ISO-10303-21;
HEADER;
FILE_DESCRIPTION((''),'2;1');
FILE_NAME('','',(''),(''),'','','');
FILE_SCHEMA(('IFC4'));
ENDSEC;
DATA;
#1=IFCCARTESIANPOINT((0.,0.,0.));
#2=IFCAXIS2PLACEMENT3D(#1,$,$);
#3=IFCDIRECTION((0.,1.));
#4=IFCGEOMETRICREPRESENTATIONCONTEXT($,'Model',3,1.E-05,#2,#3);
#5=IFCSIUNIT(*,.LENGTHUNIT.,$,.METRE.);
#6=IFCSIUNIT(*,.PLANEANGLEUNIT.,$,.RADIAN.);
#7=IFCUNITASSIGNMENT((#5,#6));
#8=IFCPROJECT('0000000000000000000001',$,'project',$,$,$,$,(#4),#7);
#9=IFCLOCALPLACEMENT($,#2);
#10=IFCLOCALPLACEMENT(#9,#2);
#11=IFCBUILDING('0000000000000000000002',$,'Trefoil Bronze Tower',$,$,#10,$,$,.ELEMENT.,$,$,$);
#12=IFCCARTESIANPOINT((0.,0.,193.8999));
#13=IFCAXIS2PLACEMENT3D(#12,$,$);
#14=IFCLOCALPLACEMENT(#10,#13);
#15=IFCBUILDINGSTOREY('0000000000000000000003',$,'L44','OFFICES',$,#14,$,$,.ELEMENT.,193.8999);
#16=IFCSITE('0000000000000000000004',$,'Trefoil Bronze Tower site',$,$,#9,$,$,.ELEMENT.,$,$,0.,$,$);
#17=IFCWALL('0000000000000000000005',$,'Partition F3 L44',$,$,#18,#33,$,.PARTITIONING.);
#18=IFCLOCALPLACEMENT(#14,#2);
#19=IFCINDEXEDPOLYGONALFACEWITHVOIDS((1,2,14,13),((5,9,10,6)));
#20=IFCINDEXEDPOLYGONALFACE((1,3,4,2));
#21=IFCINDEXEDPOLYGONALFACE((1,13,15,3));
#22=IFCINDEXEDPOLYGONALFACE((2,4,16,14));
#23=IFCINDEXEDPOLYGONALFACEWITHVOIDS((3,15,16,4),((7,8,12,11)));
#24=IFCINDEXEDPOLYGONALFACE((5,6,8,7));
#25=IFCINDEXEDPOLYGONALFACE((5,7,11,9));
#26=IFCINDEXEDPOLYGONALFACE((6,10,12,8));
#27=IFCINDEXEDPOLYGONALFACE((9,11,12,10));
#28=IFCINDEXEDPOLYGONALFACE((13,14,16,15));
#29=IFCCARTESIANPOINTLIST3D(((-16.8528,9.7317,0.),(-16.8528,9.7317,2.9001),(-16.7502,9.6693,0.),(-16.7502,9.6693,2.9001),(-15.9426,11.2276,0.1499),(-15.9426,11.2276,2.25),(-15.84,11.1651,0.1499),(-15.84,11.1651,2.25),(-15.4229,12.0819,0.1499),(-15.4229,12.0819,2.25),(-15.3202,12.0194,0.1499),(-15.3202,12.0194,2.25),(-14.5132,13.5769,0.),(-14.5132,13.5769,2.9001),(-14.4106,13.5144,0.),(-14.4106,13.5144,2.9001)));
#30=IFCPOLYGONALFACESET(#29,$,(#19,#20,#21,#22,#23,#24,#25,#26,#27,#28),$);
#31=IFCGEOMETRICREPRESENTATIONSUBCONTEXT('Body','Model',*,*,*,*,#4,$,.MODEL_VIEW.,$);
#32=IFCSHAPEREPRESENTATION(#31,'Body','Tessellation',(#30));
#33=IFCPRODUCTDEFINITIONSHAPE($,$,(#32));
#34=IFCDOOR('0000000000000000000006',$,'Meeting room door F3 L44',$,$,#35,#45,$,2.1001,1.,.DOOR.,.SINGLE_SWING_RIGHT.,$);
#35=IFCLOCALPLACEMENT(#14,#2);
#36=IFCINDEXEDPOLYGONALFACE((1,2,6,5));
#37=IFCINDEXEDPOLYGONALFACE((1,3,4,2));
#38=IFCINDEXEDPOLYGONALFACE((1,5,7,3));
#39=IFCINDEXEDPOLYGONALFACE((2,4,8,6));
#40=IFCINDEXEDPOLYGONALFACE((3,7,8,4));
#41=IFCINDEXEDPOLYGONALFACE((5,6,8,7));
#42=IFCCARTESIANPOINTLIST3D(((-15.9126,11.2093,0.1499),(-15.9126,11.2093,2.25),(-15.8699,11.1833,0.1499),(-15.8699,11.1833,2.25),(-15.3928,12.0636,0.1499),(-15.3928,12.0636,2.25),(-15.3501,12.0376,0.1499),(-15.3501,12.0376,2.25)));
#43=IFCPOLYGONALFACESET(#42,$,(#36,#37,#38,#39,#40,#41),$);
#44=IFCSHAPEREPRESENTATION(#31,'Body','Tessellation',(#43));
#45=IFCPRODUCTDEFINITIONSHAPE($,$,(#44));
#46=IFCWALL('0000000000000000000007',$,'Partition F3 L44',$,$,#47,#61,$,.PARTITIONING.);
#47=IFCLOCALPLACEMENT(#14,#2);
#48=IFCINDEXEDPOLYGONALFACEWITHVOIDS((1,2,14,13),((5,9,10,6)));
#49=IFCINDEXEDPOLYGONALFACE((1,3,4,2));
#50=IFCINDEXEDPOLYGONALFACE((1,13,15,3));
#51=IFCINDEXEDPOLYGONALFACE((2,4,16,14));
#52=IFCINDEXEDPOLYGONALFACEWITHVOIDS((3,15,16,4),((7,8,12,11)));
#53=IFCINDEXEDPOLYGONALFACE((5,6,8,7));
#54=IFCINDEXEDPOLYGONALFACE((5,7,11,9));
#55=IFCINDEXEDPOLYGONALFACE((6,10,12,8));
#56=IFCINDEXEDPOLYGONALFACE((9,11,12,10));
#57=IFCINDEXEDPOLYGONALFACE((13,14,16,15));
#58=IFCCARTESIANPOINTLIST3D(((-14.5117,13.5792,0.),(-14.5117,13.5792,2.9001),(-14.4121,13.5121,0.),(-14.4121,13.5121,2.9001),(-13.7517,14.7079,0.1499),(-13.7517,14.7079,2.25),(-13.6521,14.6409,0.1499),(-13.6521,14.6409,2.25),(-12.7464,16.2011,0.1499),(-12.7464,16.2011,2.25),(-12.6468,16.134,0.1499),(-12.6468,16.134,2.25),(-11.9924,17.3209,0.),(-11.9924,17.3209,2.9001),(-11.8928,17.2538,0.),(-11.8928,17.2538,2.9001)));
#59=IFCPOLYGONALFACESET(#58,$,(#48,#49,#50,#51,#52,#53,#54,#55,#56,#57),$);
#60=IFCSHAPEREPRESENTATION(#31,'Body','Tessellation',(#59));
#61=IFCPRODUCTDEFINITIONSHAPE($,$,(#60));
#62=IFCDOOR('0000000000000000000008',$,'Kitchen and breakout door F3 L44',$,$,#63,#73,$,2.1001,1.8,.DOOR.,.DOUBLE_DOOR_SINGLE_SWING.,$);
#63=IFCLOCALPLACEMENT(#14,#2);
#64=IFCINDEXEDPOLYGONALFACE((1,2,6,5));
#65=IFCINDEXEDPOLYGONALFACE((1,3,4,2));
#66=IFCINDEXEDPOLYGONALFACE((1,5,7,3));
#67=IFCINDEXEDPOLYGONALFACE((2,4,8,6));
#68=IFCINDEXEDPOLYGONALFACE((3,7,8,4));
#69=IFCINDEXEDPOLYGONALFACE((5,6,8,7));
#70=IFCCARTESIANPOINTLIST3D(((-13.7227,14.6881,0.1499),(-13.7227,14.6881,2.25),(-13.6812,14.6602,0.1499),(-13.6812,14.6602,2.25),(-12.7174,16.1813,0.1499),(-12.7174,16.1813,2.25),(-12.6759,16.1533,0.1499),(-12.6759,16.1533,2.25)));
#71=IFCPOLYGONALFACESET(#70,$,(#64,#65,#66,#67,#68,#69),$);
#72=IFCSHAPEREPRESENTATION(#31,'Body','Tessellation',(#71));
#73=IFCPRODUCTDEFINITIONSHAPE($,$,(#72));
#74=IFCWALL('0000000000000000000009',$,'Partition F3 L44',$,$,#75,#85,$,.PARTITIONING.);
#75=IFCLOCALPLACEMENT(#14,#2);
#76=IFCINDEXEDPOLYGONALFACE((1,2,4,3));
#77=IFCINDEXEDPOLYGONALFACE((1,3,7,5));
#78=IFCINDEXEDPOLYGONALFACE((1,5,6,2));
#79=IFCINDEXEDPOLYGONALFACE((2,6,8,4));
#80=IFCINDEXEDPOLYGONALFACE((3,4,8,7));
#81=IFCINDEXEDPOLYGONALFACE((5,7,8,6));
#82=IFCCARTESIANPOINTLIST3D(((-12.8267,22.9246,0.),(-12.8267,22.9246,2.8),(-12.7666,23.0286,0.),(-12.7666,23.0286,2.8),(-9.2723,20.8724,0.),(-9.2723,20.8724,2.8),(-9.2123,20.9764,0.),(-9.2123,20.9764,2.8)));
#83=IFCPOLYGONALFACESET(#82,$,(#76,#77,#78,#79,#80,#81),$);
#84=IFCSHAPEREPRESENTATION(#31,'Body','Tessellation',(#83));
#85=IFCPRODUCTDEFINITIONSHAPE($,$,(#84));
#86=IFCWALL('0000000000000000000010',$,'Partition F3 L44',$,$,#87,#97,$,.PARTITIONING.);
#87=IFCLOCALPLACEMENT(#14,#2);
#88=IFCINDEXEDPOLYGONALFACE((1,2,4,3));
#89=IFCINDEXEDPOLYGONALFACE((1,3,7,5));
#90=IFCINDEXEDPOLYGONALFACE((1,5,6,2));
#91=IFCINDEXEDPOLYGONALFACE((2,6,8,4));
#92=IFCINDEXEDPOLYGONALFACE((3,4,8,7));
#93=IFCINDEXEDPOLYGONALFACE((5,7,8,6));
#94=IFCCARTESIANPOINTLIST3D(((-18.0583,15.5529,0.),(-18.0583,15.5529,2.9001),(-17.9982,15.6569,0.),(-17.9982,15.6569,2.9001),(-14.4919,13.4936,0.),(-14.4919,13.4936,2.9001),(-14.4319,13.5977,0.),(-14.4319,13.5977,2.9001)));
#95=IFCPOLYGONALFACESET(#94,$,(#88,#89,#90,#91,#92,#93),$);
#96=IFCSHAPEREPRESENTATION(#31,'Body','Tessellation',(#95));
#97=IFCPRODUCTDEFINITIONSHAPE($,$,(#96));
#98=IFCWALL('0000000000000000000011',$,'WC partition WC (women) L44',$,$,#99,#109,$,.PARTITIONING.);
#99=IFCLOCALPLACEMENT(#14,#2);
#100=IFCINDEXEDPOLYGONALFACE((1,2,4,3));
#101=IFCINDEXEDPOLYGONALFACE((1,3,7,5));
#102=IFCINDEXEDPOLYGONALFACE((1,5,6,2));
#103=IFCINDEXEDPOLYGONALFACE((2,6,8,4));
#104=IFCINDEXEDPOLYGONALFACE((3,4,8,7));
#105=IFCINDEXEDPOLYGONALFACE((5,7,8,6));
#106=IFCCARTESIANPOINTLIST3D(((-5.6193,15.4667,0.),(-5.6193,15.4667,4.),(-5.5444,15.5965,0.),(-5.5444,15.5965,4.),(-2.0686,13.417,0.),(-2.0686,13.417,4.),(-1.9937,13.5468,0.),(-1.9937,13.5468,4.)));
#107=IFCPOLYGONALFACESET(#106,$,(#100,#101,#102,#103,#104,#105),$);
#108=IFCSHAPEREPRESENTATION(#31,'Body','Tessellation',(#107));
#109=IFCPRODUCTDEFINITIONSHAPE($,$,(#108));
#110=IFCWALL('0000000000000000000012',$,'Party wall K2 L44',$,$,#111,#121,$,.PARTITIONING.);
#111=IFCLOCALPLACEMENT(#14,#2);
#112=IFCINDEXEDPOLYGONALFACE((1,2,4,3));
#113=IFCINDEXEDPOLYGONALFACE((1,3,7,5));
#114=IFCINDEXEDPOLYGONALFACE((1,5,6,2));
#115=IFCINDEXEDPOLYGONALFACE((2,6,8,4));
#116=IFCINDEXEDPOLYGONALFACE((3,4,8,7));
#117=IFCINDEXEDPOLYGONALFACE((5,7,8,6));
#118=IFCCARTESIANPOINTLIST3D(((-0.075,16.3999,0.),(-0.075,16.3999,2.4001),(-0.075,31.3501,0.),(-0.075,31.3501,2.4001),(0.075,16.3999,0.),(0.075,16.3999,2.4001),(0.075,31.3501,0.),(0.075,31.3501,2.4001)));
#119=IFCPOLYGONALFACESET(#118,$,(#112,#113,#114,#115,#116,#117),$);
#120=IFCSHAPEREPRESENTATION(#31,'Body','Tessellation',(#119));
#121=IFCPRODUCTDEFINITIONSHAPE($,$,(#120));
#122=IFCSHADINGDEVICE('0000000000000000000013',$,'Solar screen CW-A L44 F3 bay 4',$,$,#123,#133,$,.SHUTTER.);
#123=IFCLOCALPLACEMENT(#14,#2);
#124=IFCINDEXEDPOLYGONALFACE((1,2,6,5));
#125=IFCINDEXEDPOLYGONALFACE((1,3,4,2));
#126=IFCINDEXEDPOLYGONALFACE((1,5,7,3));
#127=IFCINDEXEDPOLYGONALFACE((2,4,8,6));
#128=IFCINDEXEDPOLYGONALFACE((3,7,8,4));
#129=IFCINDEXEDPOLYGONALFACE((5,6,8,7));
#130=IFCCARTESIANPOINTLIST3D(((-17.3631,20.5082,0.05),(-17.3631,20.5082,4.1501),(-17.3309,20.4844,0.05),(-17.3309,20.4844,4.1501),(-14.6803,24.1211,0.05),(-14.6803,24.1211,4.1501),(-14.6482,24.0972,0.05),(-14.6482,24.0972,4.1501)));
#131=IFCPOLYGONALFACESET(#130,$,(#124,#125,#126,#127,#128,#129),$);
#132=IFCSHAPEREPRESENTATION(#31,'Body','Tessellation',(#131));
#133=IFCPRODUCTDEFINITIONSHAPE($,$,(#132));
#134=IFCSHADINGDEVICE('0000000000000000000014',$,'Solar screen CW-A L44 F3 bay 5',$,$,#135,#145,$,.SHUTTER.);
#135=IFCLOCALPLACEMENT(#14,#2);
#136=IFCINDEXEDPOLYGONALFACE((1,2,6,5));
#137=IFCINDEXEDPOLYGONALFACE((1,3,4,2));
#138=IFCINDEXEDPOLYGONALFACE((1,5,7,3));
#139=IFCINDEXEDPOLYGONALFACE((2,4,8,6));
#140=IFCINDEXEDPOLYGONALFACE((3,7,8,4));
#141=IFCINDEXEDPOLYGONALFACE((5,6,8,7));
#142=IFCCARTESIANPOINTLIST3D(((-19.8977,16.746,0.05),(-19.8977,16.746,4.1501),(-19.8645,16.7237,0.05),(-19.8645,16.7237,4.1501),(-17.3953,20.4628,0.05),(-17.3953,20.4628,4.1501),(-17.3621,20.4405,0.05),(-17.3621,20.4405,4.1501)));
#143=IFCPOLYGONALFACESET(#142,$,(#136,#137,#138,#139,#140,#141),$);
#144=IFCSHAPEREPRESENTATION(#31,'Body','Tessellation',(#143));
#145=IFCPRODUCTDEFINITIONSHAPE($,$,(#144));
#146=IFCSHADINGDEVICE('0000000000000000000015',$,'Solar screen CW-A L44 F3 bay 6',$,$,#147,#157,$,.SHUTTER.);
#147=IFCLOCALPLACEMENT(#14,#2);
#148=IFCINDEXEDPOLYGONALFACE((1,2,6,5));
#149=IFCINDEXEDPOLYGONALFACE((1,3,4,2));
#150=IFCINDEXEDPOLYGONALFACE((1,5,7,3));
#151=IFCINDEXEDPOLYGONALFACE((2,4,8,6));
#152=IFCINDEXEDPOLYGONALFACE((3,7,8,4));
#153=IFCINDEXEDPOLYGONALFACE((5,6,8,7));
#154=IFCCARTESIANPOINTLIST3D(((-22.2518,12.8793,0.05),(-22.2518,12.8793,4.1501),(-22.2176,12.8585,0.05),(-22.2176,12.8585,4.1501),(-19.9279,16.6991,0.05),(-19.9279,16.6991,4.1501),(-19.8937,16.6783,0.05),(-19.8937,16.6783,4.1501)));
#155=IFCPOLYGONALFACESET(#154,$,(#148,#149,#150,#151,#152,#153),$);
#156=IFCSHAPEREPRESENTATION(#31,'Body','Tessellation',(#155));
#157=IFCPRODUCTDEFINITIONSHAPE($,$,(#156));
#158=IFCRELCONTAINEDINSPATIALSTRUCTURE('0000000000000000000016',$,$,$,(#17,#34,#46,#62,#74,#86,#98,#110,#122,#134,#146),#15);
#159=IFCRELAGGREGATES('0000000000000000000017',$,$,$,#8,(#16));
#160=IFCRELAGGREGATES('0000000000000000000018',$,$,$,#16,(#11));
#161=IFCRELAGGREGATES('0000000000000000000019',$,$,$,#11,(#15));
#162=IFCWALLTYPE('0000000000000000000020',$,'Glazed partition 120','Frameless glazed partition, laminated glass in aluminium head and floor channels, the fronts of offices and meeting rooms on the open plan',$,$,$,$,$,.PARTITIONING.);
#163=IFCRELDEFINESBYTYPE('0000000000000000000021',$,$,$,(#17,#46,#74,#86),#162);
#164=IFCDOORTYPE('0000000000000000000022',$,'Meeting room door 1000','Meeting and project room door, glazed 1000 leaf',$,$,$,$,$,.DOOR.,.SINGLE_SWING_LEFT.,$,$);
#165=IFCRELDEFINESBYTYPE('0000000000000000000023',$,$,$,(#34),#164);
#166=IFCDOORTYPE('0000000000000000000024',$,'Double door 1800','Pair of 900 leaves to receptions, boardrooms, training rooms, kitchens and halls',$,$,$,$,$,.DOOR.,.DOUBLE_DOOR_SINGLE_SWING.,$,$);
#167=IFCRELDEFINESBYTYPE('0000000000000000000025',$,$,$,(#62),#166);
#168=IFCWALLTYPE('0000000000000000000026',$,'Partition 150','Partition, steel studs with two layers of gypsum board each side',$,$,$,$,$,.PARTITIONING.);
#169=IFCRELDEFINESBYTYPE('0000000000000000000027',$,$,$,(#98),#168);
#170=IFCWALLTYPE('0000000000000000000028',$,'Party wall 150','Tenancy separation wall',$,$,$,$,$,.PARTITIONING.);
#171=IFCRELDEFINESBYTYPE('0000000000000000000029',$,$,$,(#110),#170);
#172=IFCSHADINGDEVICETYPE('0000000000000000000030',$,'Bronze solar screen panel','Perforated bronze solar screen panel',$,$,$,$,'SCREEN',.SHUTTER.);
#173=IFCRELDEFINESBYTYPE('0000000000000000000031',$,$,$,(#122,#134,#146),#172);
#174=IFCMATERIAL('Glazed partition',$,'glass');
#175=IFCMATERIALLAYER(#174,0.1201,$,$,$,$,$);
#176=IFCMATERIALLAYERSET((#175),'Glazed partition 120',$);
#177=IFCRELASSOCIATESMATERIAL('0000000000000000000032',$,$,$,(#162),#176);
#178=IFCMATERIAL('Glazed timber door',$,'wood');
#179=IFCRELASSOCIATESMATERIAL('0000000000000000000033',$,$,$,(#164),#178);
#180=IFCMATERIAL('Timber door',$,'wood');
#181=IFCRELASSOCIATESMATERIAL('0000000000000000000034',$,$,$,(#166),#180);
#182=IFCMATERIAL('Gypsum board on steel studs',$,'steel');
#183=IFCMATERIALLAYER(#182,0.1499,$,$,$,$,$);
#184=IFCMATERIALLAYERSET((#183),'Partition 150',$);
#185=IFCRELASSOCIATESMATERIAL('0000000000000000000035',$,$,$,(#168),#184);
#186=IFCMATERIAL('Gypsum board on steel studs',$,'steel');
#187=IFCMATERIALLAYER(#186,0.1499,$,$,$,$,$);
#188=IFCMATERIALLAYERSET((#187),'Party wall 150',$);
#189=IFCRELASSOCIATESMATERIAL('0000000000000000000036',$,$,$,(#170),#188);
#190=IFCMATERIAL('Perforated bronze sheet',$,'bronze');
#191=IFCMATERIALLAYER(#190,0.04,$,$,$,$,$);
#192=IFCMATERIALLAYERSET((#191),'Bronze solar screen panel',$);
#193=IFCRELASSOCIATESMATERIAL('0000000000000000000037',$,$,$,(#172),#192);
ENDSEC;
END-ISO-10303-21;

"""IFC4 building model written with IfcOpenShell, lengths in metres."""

from ifc_helpers import new_model, si_unit, direction, frame, frame_2d, origin, origin_2d, place, context, subcontext, project, spatial, rectangle, extrude, material, layer, layer_set, type_object, element, fill, save


model = new_model("IFC4")

# Units and contexts
model_context = context("Model", 3, precision=1e-05, world=origin(), true_north=direction((0.0, 1.0)))
body_context = subcontext(model_context, "Body", "Model", "MODEL_VIEW")
ifc_project = project(units=[si_unit("LENGTHUNIT", "METRE"), si_unit("PLANEANGLEUNIT", "RADIAN")], contexts=[model_context])

# Site, building, storey
site_placement = place(None, origin())
site = spatial("IfcSite", under=ifc_project, at=site_placement, Name="Trefoil Bronze Tower site", CompositionType="ELEMENT", RefElevation=0.0)
building_placement = place(site_placement, origin())
building = spatial("IfcBuilding", under=site, at=building_placement, Name="Trefoil Bronze Tower", CompositionType="ELEMENT")
storey_placement = place(building_placement, frame((0.0, 0.0, 193.8999)))
storey = spatial("IfcBuildingStorey", under=building, at=storey_placement, Name="L44", Description="OFFICES", CompositionType="ELEMENT", Elevation=193.8999)

# Shared definitions
ifc_material_1 = material(Name="Glazed partition", Category="glass")
ifc_layer_1 = layer(ifc_material_1, 0.1201)
ifc_layer_set_1 = layer_set([ifc_layer_1], Name="Glazed partition 120")
wall_type_1 = type_object("IfcWallType", Name="Glazed partition 120", Description="Frameless glazed partition, laminated glass in aluminium head and floor channels, the fronts of offices and meeting rooms on the open plan", PredefinedType="PARTITIONING", material=ifc_layer_set_1)

# Walls, openings, doors
wall_1_placement = place(storey_placement, frame((-14.4619, 13.5457, 0.0), z_axis=(0.0, 0.0, 1.0), x_axis=(-0.51979, -0.854294, 0.0)))
wall_1 = element("IfcWall", 1, at=wall_1_placement, inside=storey, type_object=wall_type_1, Name="Partition F3 L44", PredefinedType="PARTITIONING", context=body_context, shape_type="SweptSolid", body=[
    extrude(rectangle(XDim=4.501, YDim=0.1201, at=frame_2d((2.2505, 0.0))), origin(), (0.0, 0.0, 1.0), 2.9001),
])
opening_1_placement = place(wall_1_placement, frame((1.75, 0.0, 0.1499)))
opening_1 = element("IfcOpeningElement", 2, at=opening_1_placement, cuts=wall_1, PredefinedType="OPENING", context=body_context, shape_type="SweptSolid", body=[
    extrude(rectangle(XDim=1.0, YDim=2.1001, at=frame_2d((0.5, 1.05))), frame((0.0, 0.0701, 0.0), z_axis=(0.0, -1.0, 0.0), x_axis=(1.0, 0.0, 0.0)), (0.0, 0.0, 1.0), 0.1401),
])
ifc_material_2 = material(Name="Glazed timber door", Category="wood")
door_type_1 = type_object("IfcDoorType", Name="Meeting room door 1000", Description="Meeting and project room door, glazed 1000 leaf", OperationType="SINGLE_SWING_LEFT", PredefinedType="DOOR", material=ifc_material_2)
door_1_placement = place(opening_1_placement, frame((1.0, 0.0, 0.0), z_axis=(0.0, 0.0, 1.0), x_axis=(-1.0, 0.0, 0.0)))
door_1 = element("IfcDoor", 3, at=door_1_placement, inside=storey, type_object=door_type_1, Name="Meeting room door F3 L44", OperationType="SINGLE_SWING_RIGHT", OverallHeight=2.1001, OverallWidth=1.0, PredefinedType="DOOR", context=body_context, shape_type="SweptSolid", body=[
    extrude(rectangle(XDim=1.0, YDim=2.1001, at=frame_2d((0.5, 1.05))), frame((0.0, 0.0249, 0.0), z_axis=(0.0, -1.0, 0.0), x_axis=(1.0, 0.0, 0.0)), (0.0, 0.0, 1.0), 0.05),
])
fill(opening_1, door_1)
wall_2_placement = place(storey_placement, frame((-11.9426, 17.2874, 0.0), z_axis=(0.0, 0.0, 1.0), x_axis=(-0.558504, -0.829502, 0.0)))
wall_2 = element("IfcWall", 4, at=wall_2_placement, inside=storey, type_object=wall_type_1, Name="Partition F3 L44", PredefinedType="PARTITIONING", context=body_context, shape_type="SweptSolid", body=[
    extrude(rectangle(XDim=4.5107, YDim=0.1201, at=frame_2d((2.2554, 0.0))), origin(), (0.0, 0.0, 1.0), 2.9001),
])
opening_2_placement = place(wall_2_placement, frame((1.3501, 0.0, 0.1499)))
opening_2 = element("IfcOpeningElement", 5, at=opening_2_placement, cuts=wall_2, PredefinedType="OPENING", context=body_context, shape_type="SweptSolid", body=[
    extrude(rectangle(XDim=1.8, YDim=2.1001, at=frame_2d((0.8999, 1.05))), frame((0.0, 0.0701, 0.0), z_axis=(0.0, -1.0, 0.0), x_axis=(1.0, 0.0, 0.0)), (0.0, 0.0, 1.0), 0.1401),
])
ifc_material_3 = material(Name="Timber door", Category="wood")
door_type_2 = type_object("IfcDoorType", Name="Double door 1800", Description="Pair of 900 leaves to receptions, boardrooms, training rooms, kitchens and halls", OperationType="DOUBLE_DOOR_SINGLE_SWING", PredefinedType="DOOR", material=ifc_material_3)
door_2_placement = place(opening_2_placement, frame((1.8, 0.0, 0.0), z_axis=(0.0, 0.0, 1.0), x_axis=(-1.0, 0.0, 0.0)))
door_2 = element("IfcDoor", 6, at=door_2_placement, inside=storey, type_object=door_type_2, Name="Kitchen and breakout door F3 L44", OperationType="DOUBLE_DOOR_SINGLE_SWING", OverallHeight=2.1001, OverallWidth=1.8, PredefinedType="DOOR", context=body_context, shape_type="SweptSolid", body=[
    extrude(rectangle(XDim=1.8, YDim=2.1001, at=frame_2d((0.8999, 1.05))), frame((0.0, 0.0249, 0.0), z_axis=(0.0, -1.0, 0.0), x_axis=(1.0, 0.0, 0.0)), (0.0, 0.0, 1.0), 0.05),
])
fill(opening_2, door_2)

# Walls
wall_3_placement = place(storey_placement, frame((-9.2422, 20.9243, 0.0), z_axis=(0.0, 0.0, 1.0), x_axis=(-0.866016, 0.500016, 0.0)))
element("IfcWall", 7, at=wall_3_placement, inside=storey, type_object=wall_type_1, Name="Partition F3 L44", PredefinedType="PARTITIONING", context=body_context, shape_type="SweptSolid", body=[
    extrude(rectangle(XDim=4.1042, YDim=0.1201, at=frame_2d((2.0522, 0.0))), origin(), (0.0, 0.0, 1.0), 2.8),
])
wall_4_placement = place(storey_placement, frame((-14.4619, 13.5457, 0.0), z_axis=(0.0, 0.0, 1.0), x_axis=(-0.865998, 0.500047, 0.0)))
element("IfcWall", 8, at=wall_4_placement, inside=storey, type_object=wall_type_1, Name="Partition F3 L44", PredefinedType="PARTITIONING", context=body_context, shape_type="SweptSolid", body=[
    extrude(rectangle(XDim=4.1182, YDim=0.1201, at=frame_2d((2.0591, 0.0))), origin(), (0.0, 0.0, 1.0), 2.9001),
])
ifc_material_4 = material(Name="Gypsum board on steel studs", Category="steel")
ifc_layer_2 = layer(ifc_material_4, 0.1499)
ifc_layer_set_2 = layer_set([ifc_layer_2], Name="Partition 150")
wall_type_2 = type_object("IfcWallType", Name="Partition 150", Description="Partition, steel studs with two layers of gypsum board each side", PredefinedType="PARTITIONING", material=ifc_layer_set_2)
wall_5_placement = place(storey_placement, frame((-2.0312, 13.4819, 0.0), z_axis=(0.0, 0.0, 1.0), x_axis=(-0.866051, 0.499956, 0.0)))
element("IfcWall", 9, at=wall_5_placement, inside=storey, type_object=wall_type_2, Name="WC partition WC (women) L44", PredefinedType="PARTITIONING", context=body_context, shape_type="SweptSolid", body=[
    extrude(rectangle(XDim=4.0999, YDim=0.1499, at=frame_2d((2.0498, 0.0))), origin(), (0.0, 0.0, 1.0), 4.0),
])
ifc_material_5 = material(Name="Gypsum board on steel studs", Category="steel")
ifc_layer_3 = layer(ifc_material_5, 0.1499)
ifc_layer_set_3 = layer_set([ifc_layer_3], Name="Party wall 150")
wall_type_3 = type_object("IfcWallType", Name="Party wall 150", Description="Tenancy separation wall", PredefinedType="PARTITIONING", material=ifc_layer_set_3)
wall_6_placement = place(storey_placement, frame((0.0, 16.3999, 0.0), z_axis=(0.0, 0.0, 1.0), x_axis=(0.0, 1.0, 0.0)))
element("IfcWall", 10, at=wall_6_placement, inside=storey, type_object=wall_type_3, Name="Party wall K2 L44", PredefinedType="PARTITIONING", context=body_context, shape_type="SweptSolid", body=[
    extrude(rectangle(XDim=14.9502, YDim=0.1499, at=frame_2d((7.4751, 0.0))), origin(), (0.0, 0.0, 1.0), 2.4001),
])

# Shading devices
ifc_material_6 = material(Name="Perforated bronze sheet", Category="bronze")
ifc_layer_4 = layer(ifc_material_6, 0.04)
ifc_layer_set_4 = layer_set([ifc_layer_4], Name="Bronze solar screen panel")
shading_device_type = type_object("IfcShadingDeviceType", Name="Bronze solar screen panel", Description="Perforated bronze solar screen panel", ElementType="SCREEN", PredefinedType="SHUTTER", material=ifc_layer_set_4)
shading_device_1_placement = place(storey_placement, frame((-16.0056, 22.3027, 0.05), z_axis=(0.0, 0.0, 1.0), x_axis=(-0.596162, -0.802865, 0.0)))
element("IfcShadingDevice", 11, at=shading_device_1_placement, inside=storey, type_object=shading_device_type, Name="Solar screen CW-A L44 F3 bay 4", PredefinedType="SHUTTER", context=body_context, shape_type="SweptSolid", body=[
    extrude(rectangle(XDim=4.5, YDim=0.04, at=origin_2d()), origin(), (0.0, 0.0, 1.0), 4.1001),
])
shading_device_2_placement = place(storey_placement, frame((-18.6299, 18.5933, 0.05), z_axis=(0.0, 0.0, 1.0), x_axis=(-0.558493, -0.829509, 0.0)))
element("IfcShadingDevice", 12, at=shading_device_2_placement, inside=storey, type_object=shading_device_type, Name="Solar screen CW-A L44 F3 bay 5", PredefinedType="SHUTTER", context=body_context, shape_type="SweptSolid", body=[
    extrude(rectangle(XDim=4.4807, YDim=0.04, at=origin_2d()), origin(), (0.0, 0.0, 1.0), 4.1001),
])
shading_device_3_placement = place(storey_placement, frame((-21.0728, 14.7788, 0.05), z_axis=(0.0, 0.0, 1.0), x_axis=(-0.519762, -0.854311, 0.0)))
element("IfcShadingDevice", 13, at=shading_device_3_placement, inside=storey, type_object=shading_device_type, Name="Solar screen CW-A L44 F3 bay 6", PredefinedType="SHUTTER", context=body_context, shape_type="SweptSolid", body=[
    extrude(rectangle(XDim=4.4712, YDim=0.04, at=origin_2d()), origin(), (0.0, 0.0, 1.0), 4.1001),
])

save(model, "model.ifc")
